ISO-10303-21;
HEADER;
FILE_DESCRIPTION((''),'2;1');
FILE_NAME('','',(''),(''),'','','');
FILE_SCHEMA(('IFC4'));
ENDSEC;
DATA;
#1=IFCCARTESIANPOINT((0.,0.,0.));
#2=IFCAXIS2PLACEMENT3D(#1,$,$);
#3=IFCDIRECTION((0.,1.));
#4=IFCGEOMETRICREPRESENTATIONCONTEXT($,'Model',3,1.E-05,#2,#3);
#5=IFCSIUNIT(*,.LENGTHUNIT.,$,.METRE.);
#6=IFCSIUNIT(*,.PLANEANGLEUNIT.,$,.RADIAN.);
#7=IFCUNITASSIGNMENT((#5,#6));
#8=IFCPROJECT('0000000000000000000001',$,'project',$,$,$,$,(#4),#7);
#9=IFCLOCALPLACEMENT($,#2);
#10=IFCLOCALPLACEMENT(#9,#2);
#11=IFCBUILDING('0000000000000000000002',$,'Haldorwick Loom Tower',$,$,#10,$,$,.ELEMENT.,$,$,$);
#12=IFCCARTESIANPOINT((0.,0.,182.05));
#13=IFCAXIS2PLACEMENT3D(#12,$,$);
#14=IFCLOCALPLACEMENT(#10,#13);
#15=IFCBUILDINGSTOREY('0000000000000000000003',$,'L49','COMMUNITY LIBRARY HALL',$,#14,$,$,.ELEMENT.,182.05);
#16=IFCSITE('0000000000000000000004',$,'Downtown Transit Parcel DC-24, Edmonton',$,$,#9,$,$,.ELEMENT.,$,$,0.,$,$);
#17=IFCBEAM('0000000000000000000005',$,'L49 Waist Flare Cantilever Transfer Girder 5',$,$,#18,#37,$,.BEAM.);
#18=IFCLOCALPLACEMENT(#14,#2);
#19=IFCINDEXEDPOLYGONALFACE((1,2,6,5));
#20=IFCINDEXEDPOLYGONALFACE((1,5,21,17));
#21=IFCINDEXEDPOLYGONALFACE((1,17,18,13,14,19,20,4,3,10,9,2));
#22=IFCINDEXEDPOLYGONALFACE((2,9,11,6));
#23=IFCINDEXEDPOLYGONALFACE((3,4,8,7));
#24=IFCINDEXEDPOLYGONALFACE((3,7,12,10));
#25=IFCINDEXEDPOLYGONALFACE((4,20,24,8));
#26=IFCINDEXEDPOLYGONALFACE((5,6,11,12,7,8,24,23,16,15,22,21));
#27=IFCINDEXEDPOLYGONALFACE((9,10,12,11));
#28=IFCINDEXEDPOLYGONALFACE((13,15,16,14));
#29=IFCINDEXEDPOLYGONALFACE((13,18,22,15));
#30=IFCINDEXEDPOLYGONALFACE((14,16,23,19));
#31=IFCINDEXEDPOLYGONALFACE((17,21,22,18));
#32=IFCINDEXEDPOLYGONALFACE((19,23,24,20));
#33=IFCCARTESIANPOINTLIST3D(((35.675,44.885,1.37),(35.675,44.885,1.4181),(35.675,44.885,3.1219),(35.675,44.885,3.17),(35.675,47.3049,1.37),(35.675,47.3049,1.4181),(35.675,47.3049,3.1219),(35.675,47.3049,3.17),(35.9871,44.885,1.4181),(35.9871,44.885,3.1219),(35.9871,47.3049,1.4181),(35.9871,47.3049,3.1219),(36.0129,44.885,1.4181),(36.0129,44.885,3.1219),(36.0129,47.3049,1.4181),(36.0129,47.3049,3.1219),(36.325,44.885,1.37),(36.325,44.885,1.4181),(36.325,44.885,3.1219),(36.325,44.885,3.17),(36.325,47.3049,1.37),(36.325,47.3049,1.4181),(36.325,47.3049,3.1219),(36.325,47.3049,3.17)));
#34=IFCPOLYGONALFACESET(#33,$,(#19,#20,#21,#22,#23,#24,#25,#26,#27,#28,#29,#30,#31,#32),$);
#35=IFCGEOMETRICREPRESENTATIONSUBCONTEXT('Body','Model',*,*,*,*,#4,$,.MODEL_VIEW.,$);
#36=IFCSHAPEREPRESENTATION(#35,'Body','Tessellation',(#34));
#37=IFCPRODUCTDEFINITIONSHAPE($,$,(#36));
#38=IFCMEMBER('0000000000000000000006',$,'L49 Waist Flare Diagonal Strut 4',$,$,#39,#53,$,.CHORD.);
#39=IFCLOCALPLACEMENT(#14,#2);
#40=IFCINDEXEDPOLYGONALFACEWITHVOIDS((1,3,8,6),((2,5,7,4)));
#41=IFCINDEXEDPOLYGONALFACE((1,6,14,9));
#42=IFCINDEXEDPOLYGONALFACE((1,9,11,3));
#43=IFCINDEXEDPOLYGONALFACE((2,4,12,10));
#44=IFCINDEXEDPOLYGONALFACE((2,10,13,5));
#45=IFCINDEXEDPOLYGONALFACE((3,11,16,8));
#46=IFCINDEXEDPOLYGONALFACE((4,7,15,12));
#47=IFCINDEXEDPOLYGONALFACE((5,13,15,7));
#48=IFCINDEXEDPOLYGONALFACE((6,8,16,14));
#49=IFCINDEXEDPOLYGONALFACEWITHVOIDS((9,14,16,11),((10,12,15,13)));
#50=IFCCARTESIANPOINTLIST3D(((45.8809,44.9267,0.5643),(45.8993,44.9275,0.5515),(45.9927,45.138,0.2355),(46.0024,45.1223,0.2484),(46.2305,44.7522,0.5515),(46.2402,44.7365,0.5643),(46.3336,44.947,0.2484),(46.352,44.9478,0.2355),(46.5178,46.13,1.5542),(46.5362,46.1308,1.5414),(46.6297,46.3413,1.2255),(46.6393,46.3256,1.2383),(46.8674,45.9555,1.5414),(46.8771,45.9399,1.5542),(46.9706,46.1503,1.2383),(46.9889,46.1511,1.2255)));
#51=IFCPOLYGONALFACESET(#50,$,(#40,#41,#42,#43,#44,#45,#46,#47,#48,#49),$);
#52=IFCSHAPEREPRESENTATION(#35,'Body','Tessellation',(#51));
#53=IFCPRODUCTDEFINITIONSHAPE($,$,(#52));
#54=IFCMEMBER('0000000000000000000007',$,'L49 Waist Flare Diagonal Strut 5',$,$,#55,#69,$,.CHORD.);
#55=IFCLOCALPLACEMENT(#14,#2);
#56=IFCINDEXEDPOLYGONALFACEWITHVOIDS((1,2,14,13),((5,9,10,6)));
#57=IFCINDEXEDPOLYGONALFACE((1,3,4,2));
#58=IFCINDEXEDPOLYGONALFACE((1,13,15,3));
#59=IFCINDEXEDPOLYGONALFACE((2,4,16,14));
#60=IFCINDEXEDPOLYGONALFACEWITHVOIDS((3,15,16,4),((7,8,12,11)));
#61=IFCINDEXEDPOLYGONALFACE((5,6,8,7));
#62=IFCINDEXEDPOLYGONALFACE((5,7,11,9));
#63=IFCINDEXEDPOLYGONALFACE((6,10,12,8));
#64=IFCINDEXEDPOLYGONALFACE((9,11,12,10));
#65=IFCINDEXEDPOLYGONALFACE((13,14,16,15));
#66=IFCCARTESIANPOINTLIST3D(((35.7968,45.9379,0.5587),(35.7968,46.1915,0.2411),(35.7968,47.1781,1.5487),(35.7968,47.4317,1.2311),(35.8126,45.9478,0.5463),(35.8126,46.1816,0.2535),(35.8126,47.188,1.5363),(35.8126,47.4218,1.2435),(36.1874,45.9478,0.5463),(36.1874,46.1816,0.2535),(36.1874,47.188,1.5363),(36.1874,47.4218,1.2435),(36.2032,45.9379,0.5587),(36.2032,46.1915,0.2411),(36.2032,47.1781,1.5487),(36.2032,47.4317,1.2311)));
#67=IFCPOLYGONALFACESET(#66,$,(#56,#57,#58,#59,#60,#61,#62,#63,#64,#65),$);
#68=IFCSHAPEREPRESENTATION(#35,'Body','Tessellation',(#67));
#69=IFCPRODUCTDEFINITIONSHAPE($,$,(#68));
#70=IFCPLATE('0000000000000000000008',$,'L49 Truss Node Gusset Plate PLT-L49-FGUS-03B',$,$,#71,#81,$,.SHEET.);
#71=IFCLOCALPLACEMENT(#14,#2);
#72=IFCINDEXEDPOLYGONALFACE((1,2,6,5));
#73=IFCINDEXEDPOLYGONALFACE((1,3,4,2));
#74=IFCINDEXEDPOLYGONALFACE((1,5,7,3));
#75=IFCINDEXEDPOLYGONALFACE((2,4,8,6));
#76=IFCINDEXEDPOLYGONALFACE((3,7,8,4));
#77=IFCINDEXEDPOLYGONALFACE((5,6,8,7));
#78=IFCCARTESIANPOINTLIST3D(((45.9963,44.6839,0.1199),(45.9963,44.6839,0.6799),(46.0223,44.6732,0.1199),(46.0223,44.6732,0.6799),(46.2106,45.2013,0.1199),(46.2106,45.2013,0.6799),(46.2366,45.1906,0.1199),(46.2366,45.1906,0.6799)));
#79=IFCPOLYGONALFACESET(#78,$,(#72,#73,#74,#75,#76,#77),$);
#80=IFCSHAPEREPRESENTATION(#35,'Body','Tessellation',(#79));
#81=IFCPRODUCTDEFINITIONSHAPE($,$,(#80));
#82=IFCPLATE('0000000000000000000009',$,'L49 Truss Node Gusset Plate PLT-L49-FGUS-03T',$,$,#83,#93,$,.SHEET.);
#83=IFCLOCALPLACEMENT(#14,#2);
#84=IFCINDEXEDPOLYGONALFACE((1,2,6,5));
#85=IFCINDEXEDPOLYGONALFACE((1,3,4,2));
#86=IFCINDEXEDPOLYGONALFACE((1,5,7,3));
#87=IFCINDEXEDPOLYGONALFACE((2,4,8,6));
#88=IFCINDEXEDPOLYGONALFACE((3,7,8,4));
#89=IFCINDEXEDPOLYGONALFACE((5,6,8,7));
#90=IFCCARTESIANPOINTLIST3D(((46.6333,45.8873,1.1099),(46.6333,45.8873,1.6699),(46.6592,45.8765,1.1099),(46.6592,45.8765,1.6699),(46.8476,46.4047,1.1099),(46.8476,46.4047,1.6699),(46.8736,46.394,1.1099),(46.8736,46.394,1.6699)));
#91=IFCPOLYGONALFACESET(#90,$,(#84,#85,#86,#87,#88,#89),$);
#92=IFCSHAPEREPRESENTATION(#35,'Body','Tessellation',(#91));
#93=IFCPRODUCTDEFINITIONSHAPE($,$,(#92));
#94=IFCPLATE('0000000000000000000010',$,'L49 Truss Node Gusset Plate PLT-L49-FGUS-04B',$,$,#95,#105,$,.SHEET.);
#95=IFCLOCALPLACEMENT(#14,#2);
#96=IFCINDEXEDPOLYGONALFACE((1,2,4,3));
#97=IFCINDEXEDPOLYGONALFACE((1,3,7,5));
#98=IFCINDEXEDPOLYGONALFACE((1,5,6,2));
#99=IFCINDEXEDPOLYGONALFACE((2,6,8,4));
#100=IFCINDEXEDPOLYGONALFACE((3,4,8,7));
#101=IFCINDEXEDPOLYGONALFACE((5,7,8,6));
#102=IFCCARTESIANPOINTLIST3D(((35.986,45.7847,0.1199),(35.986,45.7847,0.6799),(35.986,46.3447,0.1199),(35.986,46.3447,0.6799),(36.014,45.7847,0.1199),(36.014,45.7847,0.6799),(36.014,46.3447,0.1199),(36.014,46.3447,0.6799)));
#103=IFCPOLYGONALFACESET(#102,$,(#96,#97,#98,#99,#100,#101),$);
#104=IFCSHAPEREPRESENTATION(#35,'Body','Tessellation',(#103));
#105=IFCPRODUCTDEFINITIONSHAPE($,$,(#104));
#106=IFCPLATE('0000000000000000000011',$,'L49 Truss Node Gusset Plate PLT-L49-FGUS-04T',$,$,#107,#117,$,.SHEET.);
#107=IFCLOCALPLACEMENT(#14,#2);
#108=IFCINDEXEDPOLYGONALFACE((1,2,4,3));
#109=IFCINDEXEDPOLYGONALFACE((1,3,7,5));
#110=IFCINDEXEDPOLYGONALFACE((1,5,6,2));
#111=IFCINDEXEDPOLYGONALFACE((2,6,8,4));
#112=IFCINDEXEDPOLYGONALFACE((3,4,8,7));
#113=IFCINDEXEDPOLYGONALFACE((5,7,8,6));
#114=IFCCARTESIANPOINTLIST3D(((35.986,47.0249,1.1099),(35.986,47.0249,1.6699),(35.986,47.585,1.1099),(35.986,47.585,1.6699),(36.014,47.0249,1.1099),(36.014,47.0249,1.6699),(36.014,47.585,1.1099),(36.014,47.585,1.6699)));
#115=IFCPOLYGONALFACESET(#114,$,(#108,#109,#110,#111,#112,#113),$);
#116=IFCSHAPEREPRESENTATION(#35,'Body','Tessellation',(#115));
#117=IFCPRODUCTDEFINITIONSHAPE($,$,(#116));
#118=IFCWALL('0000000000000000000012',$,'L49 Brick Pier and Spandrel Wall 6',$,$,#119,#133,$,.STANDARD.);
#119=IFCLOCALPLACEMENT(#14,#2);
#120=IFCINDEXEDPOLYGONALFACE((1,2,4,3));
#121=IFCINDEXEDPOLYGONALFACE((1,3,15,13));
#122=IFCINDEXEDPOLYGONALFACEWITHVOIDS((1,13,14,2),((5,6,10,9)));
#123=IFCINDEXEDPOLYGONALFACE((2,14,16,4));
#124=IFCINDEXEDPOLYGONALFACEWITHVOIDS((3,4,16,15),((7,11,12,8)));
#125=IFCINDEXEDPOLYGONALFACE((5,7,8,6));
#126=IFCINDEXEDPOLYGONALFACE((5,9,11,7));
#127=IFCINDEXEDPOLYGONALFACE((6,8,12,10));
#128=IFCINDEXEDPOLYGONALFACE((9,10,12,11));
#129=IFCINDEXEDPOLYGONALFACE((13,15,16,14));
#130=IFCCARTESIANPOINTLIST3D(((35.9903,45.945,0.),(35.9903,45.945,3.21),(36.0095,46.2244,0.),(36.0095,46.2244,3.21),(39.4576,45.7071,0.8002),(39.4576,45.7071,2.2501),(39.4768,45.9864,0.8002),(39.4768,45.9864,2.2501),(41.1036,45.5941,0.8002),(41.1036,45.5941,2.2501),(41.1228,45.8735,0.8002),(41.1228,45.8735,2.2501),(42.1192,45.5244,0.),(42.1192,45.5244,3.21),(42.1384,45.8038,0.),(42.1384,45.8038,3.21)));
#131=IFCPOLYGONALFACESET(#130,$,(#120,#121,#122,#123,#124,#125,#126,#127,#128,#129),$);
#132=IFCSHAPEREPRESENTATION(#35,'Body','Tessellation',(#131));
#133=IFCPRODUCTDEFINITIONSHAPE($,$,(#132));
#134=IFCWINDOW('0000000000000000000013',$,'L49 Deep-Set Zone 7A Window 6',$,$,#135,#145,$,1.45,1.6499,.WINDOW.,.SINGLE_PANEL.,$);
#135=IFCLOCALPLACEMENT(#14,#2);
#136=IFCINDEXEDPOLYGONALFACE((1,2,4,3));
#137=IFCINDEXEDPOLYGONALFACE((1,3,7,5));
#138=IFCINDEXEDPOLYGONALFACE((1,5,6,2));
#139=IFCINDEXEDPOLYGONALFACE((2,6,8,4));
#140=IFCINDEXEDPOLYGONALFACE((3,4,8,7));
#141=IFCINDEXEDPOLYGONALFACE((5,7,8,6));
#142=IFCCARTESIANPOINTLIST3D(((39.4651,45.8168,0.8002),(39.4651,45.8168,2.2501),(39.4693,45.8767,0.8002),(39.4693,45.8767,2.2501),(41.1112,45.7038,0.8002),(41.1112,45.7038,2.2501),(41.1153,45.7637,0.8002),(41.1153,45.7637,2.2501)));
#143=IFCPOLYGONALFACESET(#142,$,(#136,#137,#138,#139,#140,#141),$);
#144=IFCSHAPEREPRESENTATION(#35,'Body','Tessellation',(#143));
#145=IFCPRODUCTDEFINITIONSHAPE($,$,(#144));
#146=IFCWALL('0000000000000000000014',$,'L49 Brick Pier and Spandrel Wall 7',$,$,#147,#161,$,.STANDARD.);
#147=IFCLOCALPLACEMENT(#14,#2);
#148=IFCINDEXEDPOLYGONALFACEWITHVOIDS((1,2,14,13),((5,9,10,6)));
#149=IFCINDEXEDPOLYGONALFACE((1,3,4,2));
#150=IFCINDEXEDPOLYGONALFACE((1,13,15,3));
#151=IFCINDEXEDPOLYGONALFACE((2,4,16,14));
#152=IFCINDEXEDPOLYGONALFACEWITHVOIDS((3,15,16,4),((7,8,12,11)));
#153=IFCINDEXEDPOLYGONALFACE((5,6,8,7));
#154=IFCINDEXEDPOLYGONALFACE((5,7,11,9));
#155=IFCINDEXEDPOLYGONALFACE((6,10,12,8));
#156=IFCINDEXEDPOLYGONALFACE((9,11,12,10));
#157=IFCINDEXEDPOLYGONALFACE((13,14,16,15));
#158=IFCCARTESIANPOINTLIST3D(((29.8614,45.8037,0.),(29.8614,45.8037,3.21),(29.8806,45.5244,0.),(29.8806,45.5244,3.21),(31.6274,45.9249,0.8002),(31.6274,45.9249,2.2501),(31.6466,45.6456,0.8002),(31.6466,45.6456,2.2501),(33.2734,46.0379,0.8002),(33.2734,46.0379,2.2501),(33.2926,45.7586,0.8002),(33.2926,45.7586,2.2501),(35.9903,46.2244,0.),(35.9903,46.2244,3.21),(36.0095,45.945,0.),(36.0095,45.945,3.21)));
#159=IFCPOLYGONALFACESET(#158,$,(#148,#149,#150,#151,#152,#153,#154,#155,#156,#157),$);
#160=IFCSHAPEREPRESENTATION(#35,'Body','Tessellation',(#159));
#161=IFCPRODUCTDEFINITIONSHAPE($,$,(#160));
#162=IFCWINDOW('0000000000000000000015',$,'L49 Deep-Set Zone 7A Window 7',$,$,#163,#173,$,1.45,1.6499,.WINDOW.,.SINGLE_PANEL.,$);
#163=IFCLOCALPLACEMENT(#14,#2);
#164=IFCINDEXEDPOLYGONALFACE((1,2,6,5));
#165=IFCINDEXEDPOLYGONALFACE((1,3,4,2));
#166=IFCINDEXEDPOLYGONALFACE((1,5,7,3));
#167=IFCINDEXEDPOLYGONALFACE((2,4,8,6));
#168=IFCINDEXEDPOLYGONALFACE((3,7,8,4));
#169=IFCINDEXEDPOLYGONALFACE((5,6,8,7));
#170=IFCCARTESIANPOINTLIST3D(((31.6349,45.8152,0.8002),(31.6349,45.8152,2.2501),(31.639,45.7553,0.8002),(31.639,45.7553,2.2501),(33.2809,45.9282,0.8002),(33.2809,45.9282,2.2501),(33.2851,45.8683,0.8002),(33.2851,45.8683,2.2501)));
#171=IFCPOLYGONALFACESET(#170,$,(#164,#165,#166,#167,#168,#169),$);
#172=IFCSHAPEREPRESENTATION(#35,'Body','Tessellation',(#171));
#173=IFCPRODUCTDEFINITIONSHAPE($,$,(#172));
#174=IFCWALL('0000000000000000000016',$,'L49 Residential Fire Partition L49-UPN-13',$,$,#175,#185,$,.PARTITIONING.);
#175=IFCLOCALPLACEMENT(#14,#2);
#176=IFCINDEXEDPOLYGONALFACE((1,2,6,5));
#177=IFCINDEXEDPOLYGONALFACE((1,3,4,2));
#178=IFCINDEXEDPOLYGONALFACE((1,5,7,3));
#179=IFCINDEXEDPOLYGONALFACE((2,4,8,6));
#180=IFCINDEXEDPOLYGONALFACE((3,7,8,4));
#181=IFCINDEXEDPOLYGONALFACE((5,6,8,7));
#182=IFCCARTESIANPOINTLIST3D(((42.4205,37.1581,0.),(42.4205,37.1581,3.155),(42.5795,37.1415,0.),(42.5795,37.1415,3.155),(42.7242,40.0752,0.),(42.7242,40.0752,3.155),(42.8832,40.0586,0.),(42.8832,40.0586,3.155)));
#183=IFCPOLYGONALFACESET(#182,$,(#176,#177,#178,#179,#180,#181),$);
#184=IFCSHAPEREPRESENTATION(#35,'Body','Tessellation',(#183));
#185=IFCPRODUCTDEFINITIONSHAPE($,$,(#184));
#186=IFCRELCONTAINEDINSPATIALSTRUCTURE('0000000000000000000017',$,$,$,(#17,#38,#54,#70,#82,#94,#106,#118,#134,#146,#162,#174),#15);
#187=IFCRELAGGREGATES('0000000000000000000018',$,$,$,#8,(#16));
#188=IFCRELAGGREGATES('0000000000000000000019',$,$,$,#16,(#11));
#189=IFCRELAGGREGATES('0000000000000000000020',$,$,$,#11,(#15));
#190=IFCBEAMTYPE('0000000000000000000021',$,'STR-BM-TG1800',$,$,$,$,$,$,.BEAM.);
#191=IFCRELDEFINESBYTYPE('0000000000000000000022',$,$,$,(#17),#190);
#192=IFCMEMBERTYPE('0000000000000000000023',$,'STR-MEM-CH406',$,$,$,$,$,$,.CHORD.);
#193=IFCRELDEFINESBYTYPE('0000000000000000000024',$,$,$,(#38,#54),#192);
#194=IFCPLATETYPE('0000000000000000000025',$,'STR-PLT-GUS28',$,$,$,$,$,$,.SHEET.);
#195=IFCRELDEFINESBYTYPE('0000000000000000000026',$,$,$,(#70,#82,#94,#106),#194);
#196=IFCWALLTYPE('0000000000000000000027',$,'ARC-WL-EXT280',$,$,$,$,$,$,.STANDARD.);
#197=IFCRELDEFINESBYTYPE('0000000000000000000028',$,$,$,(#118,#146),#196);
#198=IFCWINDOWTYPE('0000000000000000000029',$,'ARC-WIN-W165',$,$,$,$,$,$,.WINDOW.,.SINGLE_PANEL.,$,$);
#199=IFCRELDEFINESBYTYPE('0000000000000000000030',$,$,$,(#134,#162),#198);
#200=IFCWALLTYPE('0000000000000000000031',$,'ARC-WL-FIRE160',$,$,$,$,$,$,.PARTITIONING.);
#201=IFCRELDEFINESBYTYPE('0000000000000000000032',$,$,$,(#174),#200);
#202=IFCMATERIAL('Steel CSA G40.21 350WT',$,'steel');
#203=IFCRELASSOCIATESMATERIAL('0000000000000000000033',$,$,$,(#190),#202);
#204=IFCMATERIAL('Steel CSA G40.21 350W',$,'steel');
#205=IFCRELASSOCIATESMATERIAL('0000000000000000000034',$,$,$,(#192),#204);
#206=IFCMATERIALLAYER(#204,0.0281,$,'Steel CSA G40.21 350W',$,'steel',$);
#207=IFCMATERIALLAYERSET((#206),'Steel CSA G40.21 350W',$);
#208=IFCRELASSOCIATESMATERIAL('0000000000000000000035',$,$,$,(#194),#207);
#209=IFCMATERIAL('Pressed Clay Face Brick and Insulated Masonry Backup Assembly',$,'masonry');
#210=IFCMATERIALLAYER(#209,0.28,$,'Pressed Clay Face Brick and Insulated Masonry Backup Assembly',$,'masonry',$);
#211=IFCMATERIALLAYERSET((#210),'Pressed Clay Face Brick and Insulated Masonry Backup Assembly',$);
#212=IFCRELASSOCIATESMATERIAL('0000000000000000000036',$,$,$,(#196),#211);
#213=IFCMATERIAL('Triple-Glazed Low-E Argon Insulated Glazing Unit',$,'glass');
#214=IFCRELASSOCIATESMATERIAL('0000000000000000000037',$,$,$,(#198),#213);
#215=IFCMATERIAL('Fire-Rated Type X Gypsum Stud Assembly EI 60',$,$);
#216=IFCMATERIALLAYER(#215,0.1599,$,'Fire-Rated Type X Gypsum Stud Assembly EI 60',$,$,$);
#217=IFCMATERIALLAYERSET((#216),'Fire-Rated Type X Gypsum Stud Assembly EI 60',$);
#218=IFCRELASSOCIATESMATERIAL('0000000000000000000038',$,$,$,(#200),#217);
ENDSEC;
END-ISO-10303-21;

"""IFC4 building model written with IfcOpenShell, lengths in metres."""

from ifc_helpers import new_model, si_unit, direction, frame, frame_2d, origin, origin_2d, place, context, subcontext, project, spatial, rectangle, hollow_rectangle, i_section, extrude, material, layer, layer_set, material_profile, profile_set, type_object, element, fill, save


model = new_model("IFC4")

# Units and contexts
model_context = context("Model", 3, precision=1e-05, world=origin(), true_north=direction((0.0, 1.0)))
body_context = subcontext(model_context, "Body", "Model", "MODEL_VIEW")
ifc_project = project(units=[si_unit("LENGTHUNIT", "METRE"), si_unit("PLANEANGLEUNIT", "RADIAN")], contexts=[model_context])

# Site, building, storey
site_placement = place(None, origin())
site = spatial("IfcSite", under=ifc_project, at=site_placement, Name="Downtown Transit Parcel DC-24, Edmonton", CompositionType="ELEMENT", RefElevation=0.0)
building_placement = place(site_placement, origin())
building = spatial("IfcBuilding", under=site, at=building_placement, Name="Haldorwick Loom Tower", CompositionType="ELEMENT")
storey_placement = place(building_placement, frame((0.0, 0.0, 182.05)))
storey = spatial("IfcBuildingStorey", under=building, at=storey_placement, Name="L49", Description="COMMUNITY LIBRARY HALL", CompositionType="ELEMENT", Elevation=182.05)

# Shared definitions
ifc_material_1 = material(Name="Steel CSA G40.21 350W", Category="steel")

# Beam
ifc_material_2 = material(Name="Steel CSA G40.21 350WT", Category="steel")
ifc_material_profile_1 = material_profile(ifc_material_2, i_section(OverallWidth=0.6499, OverallDepth=1.8, WebThickness=0.0259, FlangeThickness=0.0481, at=origin_2d()), Name="WWF1800X650", Category="steel")
ifc_profile_set_1 = profile_set([ifc_material_profile_1], Name="Steel CSA G40.21 350WT")
beam_type_1 = type_object("IfcBeamType", Name="STR-BM-TG1800", PredefinedType="BEAM", material=ifc_profile_set_1)
beam_1_placement = place(storey_placement, frame((36.0, 44.885, 2.27), z_axis=(0.0, 1.0, 0.0), x_axis=(-1.0, 0.0, 0.0)))
element("IfcBeam", 1, at=beam_1_placement, inside=storey, type_object=beam_type_1, Name="L49 Waist Flare Cantilever Transfer Girder 5", PredefinedType="BEAM", context=body_context, shape_type="SweptSolid", body=[
    extrude(i_section(OverallWidth=0.6499, OverallDepth=1.8, WebThickness=0.0259, FlangeThickness=0.0481, at=origin_2d()), origin(), (0.0, 0.0, 1.0), 2.4199),
])

# Members
ifc_material_profile_2 = material_profile(ifc_material_1, hollow_rectangle(XDim=0.4065, YDim=0.4065, WallThickness=0.0159, at=origin_2d()), Name="HSS406X406X16", Category="steel")
ifc_profile_set_2 = profile_set([ifc_material_profile_2], Name="Steel CSA G40.21 350W")
member_type = type_object("IfcMemberType", Name="STR-MEM-CH406", PredefinedType="CHORD", material=ifc_profile_set_2)
member_1_placement = place(storey_placement, frame((46.1165, 44.9373, 0.3999), z_axis=(0.378375, 0.714836, 0.588083), x_axis=(-0.883823, 0.467822, 0.0)))
element("IfcMember", 2, at=member_1_placement, inside=storey, type_object=member_type, Name="L49 Waist Flare Diagonal Strut 4", PredefinedType="CHORD", context=body_context, shape_type="SweptSolid", body=[
    extrude(hollow_rectangle(XDim=0.4065, YDim=0.4065, WallThickness=0.0159, at=origin_2d()), origin(), (0.0, 0.0, 1.0), 1.6833),
])
member_2_placement = place(storey_placement, frame((36.0, 46.0647, 0.3999), z_axis=(0.0, 0.781544, 0.62385), x_axis=(-1.0, 0.0, 0.0)))
element("IfcMember", 3, at=member_2_placement, inside=storey, type_object=member_type, Name="L49 Waist Flare Diagonal Strut 5", PredefinedType="CHORD", context=body_context, shape_type="SweptSolid", body=[
    extrude(hollow_rectangle(XDim=0.4065, YDim=0.4065, WallThickness=0.0159, at=origin_2d()), origin(), (0.0, 0.0, 1.0), 1.5869),
])

# Plates
ifc_layer_1 = layer(ifc_material_1, 0.0281, Name="Steel CSA G40.21 350W", Category="steel")
ifc_layer_set_1 = layer_set([ifc_layer_1], Name="Steel CSA G40.21 350W")
plate_type = type_object("IfcPlateType", Name="STR-PLT-GUS28", PredefinedType="SHEET", material=ifc_layer_set_1)
for number, where, z_axis, x_axis, name in (
    (4, (46.1165, 44.9373, 0.1199), (0.0, 0.0, 1.0), (0.382683, 0.92388, 0.0), "L49 Truss Node Gusset Plate PLT-L49-FGUS-03B"),
    (5, (46.7534, 46.1406, 1.1099), (0.0, 0.0, 1.0), (0.382683, 0.92388, 0.0), "L49 Truss Node Gusset Plate PLT-L49-FGUS-03T"),
    (6, (36.0, 46.0647, 0.1199), (0.0, 0.0, 1.0), (0.0, 1.0, 0.0), "L49 Truss Node Gusset Plate PLT-L49-FGUS-04B"),
    (7, (36.0, 47.3049, 1.1099), (0.0, 0.0, 1.0), (0.0, 1.0, 0.0), "L49 Truss Node Gusset Plate PLT-L49-FGUS-04T"),
):
    element("IfcPlate", number, at=place(storey_placement, frame(where, z_axis=z_axis, x_axis=x_axis)), inside=storey, type_object=plate_type, Name=name, PredefinedType="SHEET", context=body_context, shape_type="SweptSolid", body=[
        extrude(rectangle(XDim=0.5601, YDim=0.0281, at=origin_2d()), origin(), (0.0, 0.0, 1.0), 0.5601),
    ])

# Walls, openings, windows
ifc_material_3 = material(Name="Pressed Clay Face Brick and Insulated Masonry Backup Assembly", Category="masonry")
ifc_layer_2 = layer(ifc_material_3, 0.28, Name="Pressed Clay Face Brick and Insulated Masonry Backup Assembly", Category="masonry")
ifc_layer_set_2 = layer_set([ifc_layer_2], Name="Pressed Clay Face Brick and Insulated Masonry Backup Assembly")
wall_type_1 = type_object("IfcWallType", Name="ARC-WL-EXT280", PredefinedType="STANDARD", material=ifc_layer_set_2)
wall_1_placement = place(storey_placement, frame((42.1289, 45.6641, 0.0), z_axis=(0.0, 0.0, 1.0), x_axis=(-0.997653, 0.068473, 0.0)))
wall_1 = element("IfcWall", 8, at=wall_1_placement, inside=storey, type_object=wall_type_1, Name="L49 Brick Pier and Spandrel Wall 6", PredefinedType="STANDARD", context=body_context, shape_type="SweptSolid", body=[
    extrude(rectangle(XDim=6.1433, YDim=0.28, at=frame_2d((3.0718, 0.0))), origin(), (0.0, 0.0, 1.0), 3.21),
])
opening_1_placement = place(wall_1_placement, frame((1.0181, 0.0, 0.8)))
opening_1 = element("IfcOpeningElement", 9, at=opening_1_placement, cuts=wall_1, PredefinedType="OPENING", context=body_context, shape_type="SweptSolid", body=[
    extrude(rectangle(XDim=1.6499, YDim=1.45, at=frame_2d((0.825, 0.7251))), frame((0.0, 0.1499, 0.0), z_axis=(0.0, -1.0, 0.0), x_axis=(1.0, 0.0, 0.0)), (0.0, 0.0, 1.0), 0.3),
])
ifc_material_4 = material(Name="Triple-Glazed Low-E Argon Insulated Glazing Unit", Category="glass")
window_type = type_object("IfcWindowType", Name="ARC-WIN-W165", PartitioningType="SINGLE_PANEL", PredefinedType="WINDOW", material=ifc_material_4)
window_1_placement = place(opening_1_placement, origin())
window_1 = element("IfcWindow", 10, at=window_1_placement, inside=storey, type_object=window_type, Name="L49 Deep-Set Zone 7A Window 6", OverallHeight=1.45, OverallWidth=1.6499, PartitioningType="SINGLE_PANEL", PredefinedType="WINDOW", context=body_context, shape_type="SweptSolid", body=[
    extrude(rectangle(XDim=1.6499, YDim=1.45, at=frame_2d((0.825, 0.7251))), frame((0.0, 0.03, 0.0), z_axis=(0.0, -1.0, 0.0), x_axis=(1.0, 0.0, 0.0)), (0.0, 0.0, 1.0), 0.0601),
])
fill(opening_1, window_1)
wall_2_placement = place(storey_placement, frame((36.0, 46.0847, 0.0), z_axis=(0.0, 0.0, 1.0), x_axis=(-0.997653, -0.068473, 0.0)))
wall_2 = element("IfcWall", 11, at=wall_2_placement, inside=storey, type_object=wall_type_1, Name="L49 Brick Pier and Spandrel Wall 7", PredefinedType="STANDARD", context=body_context, shape_type="SweptSolid", body=[
    extrude(rectangle(XDim=6.1433, YDim=0.28, at=frame_2d((3.0718, 0.0))), origin(), (0.0, 0.0, 1.0), 3.21),
])
opening_2_placement = place(wall_2_placement, frame((2.7234, 0.0, 0.8)))
opening_2 = element("IfcOpeningElement", 12, at=opening_2_placement, cuts=wall_2, PredefinedType="OPENING", context=body_context, shape_type="SweptSolid", body=[
    extrude(rectangle(XDim=1.6499, YDim=1.45, at=frame_2d((0.825, 0.7251))), frame((0.0, 0.1499, 0.0), z_axis=(0.0, -1.0, 0.0), x_axis=(1.0, 0.0, 0.0)), (0.0, 0.0, 1.0), 0.3),
])
window_2_placement = place(opening_2_placement, origin())
window_2 = element("IfcWindow", 13, at=window_2_placement, inside=storey, type_object=window_type, Name="L49 Deep-Set Zone 7A Window 7", OverallHeight=1.45, OverallWidth=1.6499, PartitioningType="SINGLE_PANEL", PredefinedType="WINDOW", context=body_context, shape_type="SweptSolid", body=[
    extrude(rectangle(XDim=1.6499, YDim=1.45, at=frame_2d((0.825, 0.7251))), frame((0.0, 0.03, 0.0), z_axis=(0.0, -1.0, 0.0), x_axis=(1.0, 0.0, 0.0)), (0.0, 0.0, 1.0), 0.0601),
])
fill(opening_2, window_2)

# Wall
ifc_material_5 = material(Name="Fire-Rated Type X Gypsum Stud Assembly EI 60")
ifc_layer_3 = layer(ifc_material_5, 0.1599, Name="Fire-Rated Type X Gypsum Stud Assembly EI 60")
ifc_layer_set_3 = layer_set([ifc_layer_3], Name="Fire-Rated Type X Gypsum Stud Assembly EI 60")
wall_type_2 = type_object("IfcWallType", Name="ARC-WL-FIRE160", PredefinedType="PARTITIONING", material=ifc_layer_set_3)
wall_3_placement = place(storey_placement, frame((42.5, 37.1499, 0.0), z_axis=(0.0, 0.0, 1.0), x_axis=(0.103558, 0.994623, 0.0)))
element("IfcWall", 14, at=wall_3_placement, inside=storey, type_object=wall_type_2, Name="L49 Residential Fire Partition L49-UPN-13", PredefinedType="PARTITIONING", context=body_context, shape_type="SweptSolid", body=[
    extrude(rectangle(XDim=2.9329, YDim=0.1599, at=frame_2d((1.4663, 0.0))), origin(), (0.0, 0.0, 1.0), 3.155),
])

save(model, "model.ifc")
